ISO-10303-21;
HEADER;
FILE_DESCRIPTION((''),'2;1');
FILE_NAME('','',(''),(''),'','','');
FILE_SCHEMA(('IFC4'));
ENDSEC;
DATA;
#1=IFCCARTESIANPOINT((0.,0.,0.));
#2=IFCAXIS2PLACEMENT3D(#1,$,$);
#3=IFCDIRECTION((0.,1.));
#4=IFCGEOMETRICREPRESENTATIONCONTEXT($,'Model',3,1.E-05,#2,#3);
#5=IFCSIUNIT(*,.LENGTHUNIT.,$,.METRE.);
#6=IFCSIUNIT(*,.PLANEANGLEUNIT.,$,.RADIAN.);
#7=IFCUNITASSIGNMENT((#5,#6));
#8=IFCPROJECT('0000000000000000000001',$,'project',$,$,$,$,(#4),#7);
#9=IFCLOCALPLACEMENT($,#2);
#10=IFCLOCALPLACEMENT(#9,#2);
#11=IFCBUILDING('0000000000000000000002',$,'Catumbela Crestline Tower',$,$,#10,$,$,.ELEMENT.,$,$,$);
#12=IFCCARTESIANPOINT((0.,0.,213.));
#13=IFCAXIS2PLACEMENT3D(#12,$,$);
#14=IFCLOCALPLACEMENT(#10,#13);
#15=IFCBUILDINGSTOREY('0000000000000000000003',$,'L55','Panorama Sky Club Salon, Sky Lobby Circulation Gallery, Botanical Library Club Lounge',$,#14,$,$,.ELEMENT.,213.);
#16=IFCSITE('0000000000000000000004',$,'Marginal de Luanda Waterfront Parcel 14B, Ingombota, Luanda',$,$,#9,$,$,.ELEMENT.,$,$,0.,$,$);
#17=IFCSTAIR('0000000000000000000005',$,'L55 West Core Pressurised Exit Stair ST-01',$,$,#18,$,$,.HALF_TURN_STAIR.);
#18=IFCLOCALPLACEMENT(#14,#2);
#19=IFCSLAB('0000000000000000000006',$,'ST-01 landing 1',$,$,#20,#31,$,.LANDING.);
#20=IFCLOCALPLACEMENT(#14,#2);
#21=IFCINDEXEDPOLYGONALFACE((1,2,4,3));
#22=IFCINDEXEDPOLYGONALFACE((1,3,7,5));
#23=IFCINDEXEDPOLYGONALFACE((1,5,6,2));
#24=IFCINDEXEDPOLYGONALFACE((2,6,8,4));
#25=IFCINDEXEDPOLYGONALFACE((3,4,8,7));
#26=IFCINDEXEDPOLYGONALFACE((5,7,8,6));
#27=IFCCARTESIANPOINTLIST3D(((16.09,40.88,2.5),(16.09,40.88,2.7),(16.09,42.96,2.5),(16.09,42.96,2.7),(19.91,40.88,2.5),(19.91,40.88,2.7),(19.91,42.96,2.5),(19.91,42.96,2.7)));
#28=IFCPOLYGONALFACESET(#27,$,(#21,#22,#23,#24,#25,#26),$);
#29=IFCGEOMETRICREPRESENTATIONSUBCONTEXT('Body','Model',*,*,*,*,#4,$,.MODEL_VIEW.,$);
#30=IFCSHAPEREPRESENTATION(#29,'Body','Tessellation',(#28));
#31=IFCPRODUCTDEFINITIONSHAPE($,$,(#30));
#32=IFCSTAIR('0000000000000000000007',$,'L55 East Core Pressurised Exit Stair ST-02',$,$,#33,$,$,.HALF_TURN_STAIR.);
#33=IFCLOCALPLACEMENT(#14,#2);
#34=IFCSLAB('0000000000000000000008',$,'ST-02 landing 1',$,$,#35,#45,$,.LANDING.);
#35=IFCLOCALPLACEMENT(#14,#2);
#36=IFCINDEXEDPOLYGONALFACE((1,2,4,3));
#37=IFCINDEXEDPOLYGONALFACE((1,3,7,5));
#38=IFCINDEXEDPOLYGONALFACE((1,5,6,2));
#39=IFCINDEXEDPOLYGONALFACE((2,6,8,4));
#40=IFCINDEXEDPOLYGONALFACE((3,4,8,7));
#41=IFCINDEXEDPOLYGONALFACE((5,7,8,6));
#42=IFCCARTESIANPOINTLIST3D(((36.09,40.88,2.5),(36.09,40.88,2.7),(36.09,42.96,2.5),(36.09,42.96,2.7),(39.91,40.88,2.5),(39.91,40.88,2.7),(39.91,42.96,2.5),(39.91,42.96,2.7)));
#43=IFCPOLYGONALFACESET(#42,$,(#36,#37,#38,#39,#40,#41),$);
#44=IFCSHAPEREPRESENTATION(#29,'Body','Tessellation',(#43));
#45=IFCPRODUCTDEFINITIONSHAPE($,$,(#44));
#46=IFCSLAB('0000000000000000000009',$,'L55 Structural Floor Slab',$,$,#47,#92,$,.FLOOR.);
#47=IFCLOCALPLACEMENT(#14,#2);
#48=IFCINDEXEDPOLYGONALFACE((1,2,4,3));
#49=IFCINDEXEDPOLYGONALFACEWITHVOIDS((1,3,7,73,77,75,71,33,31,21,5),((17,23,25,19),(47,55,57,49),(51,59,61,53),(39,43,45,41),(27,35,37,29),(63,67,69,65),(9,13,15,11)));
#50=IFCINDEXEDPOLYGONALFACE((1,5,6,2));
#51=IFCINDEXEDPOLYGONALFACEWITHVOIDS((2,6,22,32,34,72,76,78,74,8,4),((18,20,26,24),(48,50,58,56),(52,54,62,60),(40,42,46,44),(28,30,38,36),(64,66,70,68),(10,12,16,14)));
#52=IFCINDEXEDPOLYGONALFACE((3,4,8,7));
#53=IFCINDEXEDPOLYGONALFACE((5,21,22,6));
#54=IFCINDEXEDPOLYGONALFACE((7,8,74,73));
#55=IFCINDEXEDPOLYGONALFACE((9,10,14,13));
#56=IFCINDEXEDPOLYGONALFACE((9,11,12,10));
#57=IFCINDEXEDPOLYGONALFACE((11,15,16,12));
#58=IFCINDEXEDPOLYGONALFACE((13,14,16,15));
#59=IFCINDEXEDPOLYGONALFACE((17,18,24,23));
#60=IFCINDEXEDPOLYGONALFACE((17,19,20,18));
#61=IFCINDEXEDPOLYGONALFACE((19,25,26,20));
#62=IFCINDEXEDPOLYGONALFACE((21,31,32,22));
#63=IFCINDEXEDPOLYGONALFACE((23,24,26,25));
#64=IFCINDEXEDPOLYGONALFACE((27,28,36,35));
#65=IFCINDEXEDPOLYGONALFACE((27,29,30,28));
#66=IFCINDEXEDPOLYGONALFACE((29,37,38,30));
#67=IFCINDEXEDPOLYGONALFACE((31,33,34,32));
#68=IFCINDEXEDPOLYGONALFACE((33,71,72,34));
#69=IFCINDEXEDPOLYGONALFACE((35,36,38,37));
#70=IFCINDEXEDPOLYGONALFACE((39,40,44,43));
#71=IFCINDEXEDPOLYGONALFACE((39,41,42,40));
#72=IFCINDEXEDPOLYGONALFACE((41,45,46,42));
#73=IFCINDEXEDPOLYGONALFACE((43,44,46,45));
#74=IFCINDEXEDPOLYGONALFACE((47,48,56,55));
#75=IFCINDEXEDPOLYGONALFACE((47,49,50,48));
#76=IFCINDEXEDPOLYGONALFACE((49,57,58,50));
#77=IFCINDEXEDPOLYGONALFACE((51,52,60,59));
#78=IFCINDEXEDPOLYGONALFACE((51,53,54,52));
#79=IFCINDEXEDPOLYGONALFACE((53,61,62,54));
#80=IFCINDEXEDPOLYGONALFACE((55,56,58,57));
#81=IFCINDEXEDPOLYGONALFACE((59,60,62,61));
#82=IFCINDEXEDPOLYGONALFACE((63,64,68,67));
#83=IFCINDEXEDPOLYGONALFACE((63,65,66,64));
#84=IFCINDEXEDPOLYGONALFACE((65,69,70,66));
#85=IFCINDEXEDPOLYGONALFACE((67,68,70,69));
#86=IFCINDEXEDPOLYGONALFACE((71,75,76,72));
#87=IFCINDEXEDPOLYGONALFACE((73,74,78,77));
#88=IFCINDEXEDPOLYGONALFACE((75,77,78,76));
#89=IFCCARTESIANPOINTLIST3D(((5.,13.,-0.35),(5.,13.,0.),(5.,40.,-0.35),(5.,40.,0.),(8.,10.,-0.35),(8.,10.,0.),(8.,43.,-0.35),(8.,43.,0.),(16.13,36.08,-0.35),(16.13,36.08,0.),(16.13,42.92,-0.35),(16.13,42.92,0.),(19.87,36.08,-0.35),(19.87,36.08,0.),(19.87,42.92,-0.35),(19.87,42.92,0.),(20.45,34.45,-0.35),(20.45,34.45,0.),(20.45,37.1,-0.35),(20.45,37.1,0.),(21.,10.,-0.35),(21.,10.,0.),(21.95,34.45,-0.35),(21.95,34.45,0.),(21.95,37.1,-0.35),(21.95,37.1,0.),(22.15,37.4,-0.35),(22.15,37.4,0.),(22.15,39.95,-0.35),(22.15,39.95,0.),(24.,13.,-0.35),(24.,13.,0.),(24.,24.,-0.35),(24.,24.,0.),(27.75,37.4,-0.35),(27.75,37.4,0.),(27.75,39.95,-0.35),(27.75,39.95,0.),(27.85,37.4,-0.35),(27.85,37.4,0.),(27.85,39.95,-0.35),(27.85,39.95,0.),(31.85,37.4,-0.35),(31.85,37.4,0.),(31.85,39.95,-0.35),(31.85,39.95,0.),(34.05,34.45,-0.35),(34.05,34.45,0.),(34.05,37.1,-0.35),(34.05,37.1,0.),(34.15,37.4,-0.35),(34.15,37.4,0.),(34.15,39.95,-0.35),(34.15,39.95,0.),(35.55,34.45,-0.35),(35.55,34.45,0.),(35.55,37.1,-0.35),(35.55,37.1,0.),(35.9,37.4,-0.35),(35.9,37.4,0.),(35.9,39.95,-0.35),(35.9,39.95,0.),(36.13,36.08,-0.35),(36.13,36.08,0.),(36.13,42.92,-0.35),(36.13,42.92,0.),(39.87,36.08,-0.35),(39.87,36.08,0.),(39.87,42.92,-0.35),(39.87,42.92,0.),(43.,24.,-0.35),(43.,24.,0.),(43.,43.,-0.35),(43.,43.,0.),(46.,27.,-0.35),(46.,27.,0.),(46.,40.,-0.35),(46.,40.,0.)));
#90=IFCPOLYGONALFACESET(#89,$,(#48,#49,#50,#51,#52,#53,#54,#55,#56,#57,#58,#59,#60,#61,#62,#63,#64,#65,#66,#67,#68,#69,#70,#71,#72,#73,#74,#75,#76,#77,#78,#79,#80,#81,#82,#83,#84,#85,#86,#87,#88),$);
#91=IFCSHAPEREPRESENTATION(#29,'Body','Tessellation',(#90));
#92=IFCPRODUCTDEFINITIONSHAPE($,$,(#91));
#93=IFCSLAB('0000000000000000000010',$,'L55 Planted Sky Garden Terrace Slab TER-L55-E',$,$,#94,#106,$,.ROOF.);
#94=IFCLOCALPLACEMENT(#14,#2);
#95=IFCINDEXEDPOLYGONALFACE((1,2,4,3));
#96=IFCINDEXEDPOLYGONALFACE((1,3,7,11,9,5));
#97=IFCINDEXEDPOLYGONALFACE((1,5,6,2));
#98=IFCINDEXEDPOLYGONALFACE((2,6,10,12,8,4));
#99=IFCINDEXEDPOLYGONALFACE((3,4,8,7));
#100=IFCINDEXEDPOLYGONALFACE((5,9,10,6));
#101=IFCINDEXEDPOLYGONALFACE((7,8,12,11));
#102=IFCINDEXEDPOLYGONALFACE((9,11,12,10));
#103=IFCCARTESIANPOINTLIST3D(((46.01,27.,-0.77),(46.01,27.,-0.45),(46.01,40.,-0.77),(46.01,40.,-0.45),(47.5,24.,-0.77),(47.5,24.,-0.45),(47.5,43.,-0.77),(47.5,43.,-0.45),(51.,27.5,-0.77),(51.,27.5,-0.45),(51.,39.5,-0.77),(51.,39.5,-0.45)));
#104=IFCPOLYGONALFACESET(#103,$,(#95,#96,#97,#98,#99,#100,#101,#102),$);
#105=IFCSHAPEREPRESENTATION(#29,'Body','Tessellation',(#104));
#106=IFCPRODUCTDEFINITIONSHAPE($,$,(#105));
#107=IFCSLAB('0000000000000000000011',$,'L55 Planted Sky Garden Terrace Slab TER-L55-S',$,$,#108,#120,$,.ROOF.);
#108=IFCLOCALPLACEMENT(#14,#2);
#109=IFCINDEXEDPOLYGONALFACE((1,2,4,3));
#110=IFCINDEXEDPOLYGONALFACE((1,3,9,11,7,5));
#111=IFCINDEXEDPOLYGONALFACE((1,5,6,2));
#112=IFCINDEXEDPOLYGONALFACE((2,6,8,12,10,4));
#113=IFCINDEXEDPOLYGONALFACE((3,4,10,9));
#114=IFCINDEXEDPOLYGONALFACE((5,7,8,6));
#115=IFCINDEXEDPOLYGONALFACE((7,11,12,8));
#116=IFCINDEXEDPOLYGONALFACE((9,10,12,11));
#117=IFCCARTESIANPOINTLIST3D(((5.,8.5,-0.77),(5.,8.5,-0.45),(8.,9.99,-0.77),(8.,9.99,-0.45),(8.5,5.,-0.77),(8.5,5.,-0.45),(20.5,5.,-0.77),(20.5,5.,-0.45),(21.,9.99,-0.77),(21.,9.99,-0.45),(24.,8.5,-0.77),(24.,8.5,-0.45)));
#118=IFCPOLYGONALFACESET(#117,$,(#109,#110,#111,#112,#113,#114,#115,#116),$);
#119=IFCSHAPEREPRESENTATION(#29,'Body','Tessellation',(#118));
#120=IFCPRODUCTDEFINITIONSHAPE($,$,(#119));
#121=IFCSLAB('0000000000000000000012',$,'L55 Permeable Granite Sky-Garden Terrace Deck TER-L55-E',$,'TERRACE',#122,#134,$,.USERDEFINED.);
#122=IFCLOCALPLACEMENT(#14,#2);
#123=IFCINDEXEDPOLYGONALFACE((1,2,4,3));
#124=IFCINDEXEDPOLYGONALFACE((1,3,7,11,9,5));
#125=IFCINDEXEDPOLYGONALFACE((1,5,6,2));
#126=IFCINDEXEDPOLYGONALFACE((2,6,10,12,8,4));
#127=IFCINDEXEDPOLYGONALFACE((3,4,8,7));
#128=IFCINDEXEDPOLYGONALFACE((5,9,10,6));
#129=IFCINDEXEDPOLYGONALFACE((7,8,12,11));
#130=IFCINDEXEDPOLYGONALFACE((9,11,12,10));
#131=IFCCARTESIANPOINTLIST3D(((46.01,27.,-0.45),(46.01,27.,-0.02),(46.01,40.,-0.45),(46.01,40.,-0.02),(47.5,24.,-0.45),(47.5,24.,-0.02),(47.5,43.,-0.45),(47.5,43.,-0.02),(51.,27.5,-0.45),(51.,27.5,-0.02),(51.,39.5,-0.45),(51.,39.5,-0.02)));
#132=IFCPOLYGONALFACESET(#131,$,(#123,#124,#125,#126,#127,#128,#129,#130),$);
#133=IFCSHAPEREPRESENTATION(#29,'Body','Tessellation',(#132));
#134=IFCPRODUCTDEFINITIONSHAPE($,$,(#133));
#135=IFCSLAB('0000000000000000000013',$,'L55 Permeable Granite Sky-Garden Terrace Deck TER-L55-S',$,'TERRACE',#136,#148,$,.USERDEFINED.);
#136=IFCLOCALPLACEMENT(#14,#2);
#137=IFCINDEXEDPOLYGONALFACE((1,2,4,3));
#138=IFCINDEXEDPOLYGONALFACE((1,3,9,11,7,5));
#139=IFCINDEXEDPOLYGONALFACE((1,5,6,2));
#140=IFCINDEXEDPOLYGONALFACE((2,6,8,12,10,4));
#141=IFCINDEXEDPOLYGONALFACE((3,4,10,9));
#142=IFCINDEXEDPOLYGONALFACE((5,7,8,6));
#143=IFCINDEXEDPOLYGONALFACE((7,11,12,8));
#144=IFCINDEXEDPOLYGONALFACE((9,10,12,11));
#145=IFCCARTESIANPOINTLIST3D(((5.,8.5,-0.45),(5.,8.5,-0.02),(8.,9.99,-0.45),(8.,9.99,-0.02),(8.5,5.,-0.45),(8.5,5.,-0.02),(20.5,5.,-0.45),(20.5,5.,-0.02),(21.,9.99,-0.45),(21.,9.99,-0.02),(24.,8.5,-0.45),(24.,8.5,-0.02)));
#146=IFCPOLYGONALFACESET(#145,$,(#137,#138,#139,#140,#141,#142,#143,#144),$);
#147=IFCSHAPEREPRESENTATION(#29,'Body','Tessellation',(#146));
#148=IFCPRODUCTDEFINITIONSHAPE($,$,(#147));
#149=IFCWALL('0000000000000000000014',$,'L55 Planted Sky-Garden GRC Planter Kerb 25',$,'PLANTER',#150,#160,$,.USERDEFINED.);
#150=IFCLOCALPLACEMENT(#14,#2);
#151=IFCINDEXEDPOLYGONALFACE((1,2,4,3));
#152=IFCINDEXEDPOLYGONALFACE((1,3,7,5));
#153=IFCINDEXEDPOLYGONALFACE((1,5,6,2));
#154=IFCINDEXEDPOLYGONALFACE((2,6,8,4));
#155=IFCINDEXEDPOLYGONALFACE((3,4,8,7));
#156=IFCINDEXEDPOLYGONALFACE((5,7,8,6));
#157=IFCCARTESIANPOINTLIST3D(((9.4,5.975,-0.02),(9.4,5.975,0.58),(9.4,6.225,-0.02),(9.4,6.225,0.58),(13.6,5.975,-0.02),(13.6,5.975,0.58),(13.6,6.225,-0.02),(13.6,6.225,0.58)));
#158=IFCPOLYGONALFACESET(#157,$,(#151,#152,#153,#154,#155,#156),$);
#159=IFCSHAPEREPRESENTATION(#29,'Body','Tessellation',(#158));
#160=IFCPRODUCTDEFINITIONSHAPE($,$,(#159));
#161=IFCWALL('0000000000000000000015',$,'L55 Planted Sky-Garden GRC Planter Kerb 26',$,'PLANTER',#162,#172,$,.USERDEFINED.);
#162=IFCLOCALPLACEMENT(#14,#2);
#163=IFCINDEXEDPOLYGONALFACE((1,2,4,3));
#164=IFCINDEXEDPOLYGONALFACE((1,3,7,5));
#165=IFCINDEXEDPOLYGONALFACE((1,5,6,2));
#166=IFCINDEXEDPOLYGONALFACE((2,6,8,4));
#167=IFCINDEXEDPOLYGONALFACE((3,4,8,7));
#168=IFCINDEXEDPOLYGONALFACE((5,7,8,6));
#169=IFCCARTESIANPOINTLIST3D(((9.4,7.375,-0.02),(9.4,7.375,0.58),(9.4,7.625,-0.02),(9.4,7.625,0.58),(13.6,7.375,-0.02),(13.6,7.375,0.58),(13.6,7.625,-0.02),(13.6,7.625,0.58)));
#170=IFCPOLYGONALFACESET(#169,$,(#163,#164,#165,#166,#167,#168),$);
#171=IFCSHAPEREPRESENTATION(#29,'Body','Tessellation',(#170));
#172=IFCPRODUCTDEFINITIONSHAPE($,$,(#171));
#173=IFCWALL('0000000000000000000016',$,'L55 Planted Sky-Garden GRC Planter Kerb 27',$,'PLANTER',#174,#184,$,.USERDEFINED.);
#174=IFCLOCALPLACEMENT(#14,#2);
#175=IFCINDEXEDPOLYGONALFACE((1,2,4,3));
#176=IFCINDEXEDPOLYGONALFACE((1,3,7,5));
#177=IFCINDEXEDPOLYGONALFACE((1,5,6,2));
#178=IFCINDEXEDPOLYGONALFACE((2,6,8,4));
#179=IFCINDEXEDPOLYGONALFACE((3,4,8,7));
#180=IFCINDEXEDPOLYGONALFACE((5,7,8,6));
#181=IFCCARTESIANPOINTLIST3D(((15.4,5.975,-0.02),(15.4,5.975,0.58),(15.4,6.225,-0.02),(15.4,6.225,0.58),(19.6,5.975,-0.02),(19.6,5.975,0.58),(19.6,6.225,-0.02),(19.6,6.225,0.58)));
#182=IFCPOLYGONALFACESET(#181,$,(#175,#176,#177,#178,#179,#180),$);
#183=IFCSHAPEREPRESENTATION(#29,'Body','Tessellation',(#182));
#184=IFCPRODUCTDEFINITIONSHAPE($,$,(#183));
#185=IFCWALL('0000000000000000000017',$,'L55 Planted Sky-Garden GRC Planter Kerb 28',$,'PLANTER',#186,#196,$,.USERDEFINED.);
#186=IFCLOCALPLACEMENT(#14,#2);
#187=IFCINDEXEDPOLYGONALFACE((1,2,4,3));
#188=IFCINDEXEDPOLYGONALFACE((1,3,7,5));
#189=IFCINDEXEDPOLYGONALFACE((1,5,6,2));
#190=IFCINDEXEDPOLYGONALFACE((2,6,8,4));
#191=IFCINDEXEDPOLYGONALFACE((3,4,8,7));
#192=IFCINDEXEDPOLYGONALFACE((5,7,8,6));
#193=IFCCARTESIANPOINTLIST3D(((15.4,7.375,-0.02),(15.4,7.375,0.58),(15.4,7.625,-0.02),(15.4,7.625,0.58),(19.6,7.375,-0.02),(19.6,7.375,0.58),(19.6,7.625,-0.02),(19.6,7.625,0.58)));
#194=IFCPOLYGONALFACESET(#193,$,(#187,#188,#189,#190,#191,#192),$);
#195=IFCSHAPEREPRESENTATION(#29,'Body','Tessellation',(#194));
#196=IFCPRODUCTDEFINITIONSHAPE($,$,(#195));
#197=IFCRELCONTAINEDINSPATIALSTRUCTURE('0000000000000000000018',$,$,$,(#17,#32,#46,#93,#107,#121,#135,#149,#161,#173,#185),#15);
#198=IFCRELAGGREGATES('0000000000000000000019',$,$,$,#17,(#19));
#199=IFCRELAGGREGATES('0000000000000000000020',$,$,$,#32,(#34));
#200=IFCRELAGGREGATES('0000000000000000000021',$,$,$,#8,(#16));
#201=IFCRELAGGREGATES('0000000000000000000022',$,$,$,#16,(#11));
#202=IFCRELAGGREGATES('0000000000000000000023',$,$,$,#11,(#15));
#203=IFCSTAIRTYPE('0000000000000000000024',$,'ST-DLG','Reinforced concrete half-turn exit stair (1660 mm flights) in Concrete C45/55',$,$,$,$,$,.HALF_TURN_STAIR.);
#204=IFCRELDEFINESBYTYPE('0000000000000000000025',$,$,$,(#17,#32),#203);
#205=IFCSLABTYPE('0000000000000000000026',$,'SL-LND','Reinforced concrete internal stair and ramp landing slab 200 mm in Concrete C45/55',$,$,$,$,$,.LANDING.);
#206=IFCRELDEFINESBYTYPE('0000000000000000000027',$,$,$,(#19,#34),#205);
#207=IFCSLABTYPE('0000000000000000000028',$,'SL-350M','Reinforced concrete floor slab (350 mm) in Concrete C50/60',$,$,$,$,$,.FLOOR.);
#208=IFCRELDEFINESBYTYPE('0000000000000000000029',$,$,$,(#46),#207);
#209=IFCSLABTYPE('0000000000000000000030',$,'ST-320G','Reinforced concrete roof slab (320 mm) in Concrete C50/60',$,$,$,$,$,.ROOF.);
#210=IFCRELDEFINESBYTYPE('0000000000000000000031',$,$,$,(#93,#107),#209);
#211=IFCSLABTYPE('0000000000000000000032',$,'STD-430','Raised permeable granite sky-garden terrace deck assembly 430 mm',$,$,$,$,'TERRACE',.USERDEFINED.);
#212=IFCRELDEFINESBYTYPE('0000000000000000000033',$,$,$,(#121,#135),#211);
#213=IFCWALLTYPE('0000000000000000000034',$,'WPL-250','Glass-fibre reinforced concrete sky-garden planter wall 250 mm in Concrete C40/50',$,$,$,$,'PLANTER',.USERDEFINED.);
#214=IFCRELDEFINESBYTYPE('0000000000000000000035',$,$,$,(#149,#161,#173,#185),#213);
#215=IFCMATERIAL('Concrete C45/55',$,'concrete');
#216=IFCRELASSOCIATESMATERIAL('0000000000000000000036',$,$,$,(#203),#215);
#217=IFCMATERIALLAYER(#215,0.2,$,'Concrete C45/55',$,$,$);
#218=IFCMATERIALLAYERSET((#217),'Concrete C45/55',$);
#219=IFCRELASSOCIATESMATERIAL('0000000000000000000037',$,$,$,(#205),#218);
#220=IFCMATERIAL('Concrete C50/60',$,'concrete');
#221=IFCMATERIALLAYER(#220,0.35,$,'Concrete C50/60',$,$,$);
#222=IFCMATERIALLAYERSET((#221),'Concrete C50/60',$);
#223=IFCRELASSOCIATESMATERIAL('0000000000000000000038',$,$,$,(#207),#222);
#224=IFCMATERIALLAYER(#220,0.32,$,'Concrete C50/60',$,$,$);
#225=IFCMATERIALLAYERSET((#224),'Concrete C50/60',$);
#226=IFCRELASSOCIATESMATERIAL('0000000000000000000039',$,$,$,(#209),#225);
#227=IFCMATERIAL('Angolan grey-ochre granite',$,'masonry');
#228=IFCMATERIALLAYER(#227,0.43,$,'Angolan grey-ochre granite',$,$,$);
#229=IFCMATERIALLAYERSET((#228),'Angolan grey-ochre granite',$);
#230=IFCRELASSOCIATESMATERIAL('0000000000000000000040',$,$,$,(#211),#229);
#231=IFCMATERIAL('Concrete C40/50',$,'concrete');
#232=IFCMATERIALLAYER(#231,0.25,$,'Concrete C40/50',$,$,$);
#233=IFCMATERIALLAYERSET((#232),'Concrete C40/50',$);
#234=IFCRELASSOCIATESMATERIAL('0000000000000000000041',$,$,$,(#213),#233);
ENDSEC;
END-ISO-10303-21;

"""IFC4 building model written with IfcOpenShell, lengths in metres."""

from ifc_helpers import new_model, si_unit, direction, frame, frame_2d, origin, place, context, subcontext, project, spatial, polyline, rectangle, outline, extrude, material, layer, layer_set, type_object, element, aggregate, save


model = new_model("IFC4")

# Units and contexts
model_context = context("Model", 3, precision=1e-05, world=origin(), true_north=direction((0.0, 1.0)))
body_context = subcontext(model_context, "Body", "Model", "MODEL_VIEW")
ifc_project = project(units=[si_unit("LENGTHUNIT", "METRE"), si_unit("PLANEANGLEUNIT", "RADIAN")], contexts=[model_context])

# Site, building, storey
site_placement = place(None, origin())
site = spatial("IfcSite", under=ifc_project, at=site_placement, Name="Marginal de Luanda Waterfront Parcel 14B, Ingombota, Luanda", CompositionType="ELEMENT", RefElevation=0.0)
building_placement = place(site_placement, origin())
building = spatial("IfcBuilding", under=site, at=building_placement, Name="Catumbela Crestline Tower", CompositionType="ELEMENT")
storey_placement = place(building_placement, frame((0.0, 0.0, 213.0)))
storey = spatial("IfcBuildingStorey", under=building, at=storey_placement, Name="L55", Description="Panorama Sky Club Salon, Sky Lobby Circulation Gallery, Botanical Library Club Lounge", CompositionType="ELEMENT", Elevation=213.0)

# Stairs, slabs
ifc_material_1 = material(Name="Concrete C45/55", Category="concrete")
stair_type = type_object("IfcStairType", Name="ST-DLG", Description="Reinforced concrete half-turn exit stair (1660 mm flights) in Concrete C45/55", PredefinedType="HALF_TURN_STAIR", material=ifc_material_1)
stair_1_placement = place(storey_placement, origin())
stair_1 = element("IfcStair", 1, at=stair_1_placement, inside=storey, type_object=stair_type, Name="L55 West Core Pressurised Exit Stair ST-01", PredefinedType="HALF_TURN_STAIR")
ifc_layer_1 = layer(ifc_material_1, 0.2, Name="Concrete C45/55")
ifc_layer_set_1 = layer_set([ifc_layer_1], Name="Concrete C45/55")
slab_type_1 = type_object("IfcSlabType", Name="SL-LND", Description="Reinforced concrete internal stair and ramp landing slab 200 mm in Concrete C45/55", PredefinedType="LANDING", material=ifc_layer_set_1)
slab_1_placement = place(storey_placement, frame((0.0, 0.0, 2.5)))
slab_1 = element("IfcSlab", 2, at=slab_1_placement, type_object=slab_type_1, Name="ST-01 landing 1", PredefinedType="LANDING", context=body_context, shape_type="SweptSolid", body=[
    extrude(outline(polyline([(19.91, 40.88), (19.91, 42.96), (16.09, 42.96), (16.09, 40.88), (19.91, 40.88)])), origin(), (0.0, 0.0, 1.0), 0.2),
])
aggregate(stair_1, [slab_1])
stair_2_placement = place(storey_placement, origin())
stair_2 = element("IfcStair", 3, at=stair_2_placement, inside=storey, type_object=stair_type, Name="L55 East Core Pressurised Exit Stair ST-02", PredefinedType="HALF_TURN_STAIR")
slab_2_placement = place(storey_placement, frame((0.0, 0.0, 2.5)))
slab_2 = element("IfcSlab", 4, at=slab_2_placement, type_object=slab_type_1, Name="ST-02 landing 1", PredefinedType="LANDING", context=body_context, shape_type="SweptSolid", body=[
    extrude(outline(polyline([(39.91, 40.88), (39.91, 42.96), (36.09, 42.96), (36.09, 40.88), (39.91, 40.88)])), origin(), (0.0, 0.0, 1.0), 0.2),
])
aggregate(stair_2, [slab_2])

# Slabs
ifc_material_2 = material(Name="Concrete C50/60", Category="concrete")
ifc_layer_2 = layer(ifc_material_2, 0.35, Name="Concrete C50/60")
ifc_layer_set_2 = layer_set([ifc_layer_2], Name="Concrete C50/60")
slab_type_2 = type_object("IfcSlabType", Name="SL-350M", Description="Reinforced concrete floor slab (350 mm) in Concrete C50/60", PredefinedType="FLOOR", material=ifc_layer_set_2)
slab_3_placement = place(storey_placement, frame((0.0, 0.0, -0.35)))
element("IfcSlab", 5, at=slab_3_placement, inside=storey, type_object=slab_type_2, Name="L55 Structural Floor Slab", PredefinedType="FLOOR", context=body_context, shape_type="SweptSolid", body=[
    extrude(outline(polyline([(8.0, 10.0), (21.0, 10.0), (24.0, 13.0), (24.0, 24.0), (43.0, 24.0), (46.0, 27.0), (46.0, 40.0), (43.0, 43.0), (8.0, 43.0), (5.0, 40.0), (5.0, 13.0), (8.0, 10.0)]), holes=[polyline([(16.13, 36.08), (19.87, 36.08), (19.87, 42.92), (16.13, 42.92), (16.13, 36.08)]), polyline([(36.13, 36.08), (39.87, 36.08), (39.87, 42.92), (36.13, 42.92), (36.13, 36.08)]), polyline([(22.15, 37.4), (27.75, 37.4), (27.75, 39.95), (22.15, 39.95), (22.15, 37.4)]), polyline([(27.85, 37.4), (31.85, 37.4), (31.85, 39.95), (27.85, 39.95), (27.85, 37.4)]), polyline([(20.45, 34.45), (21.95, 34.45), (21.95, 37.1), (20.45, 37.1), (20.45, 34.45)]), polyline([(34.05, 34.45), (35.55, 34.45), (35.55, 37.1), (34.05, 37.1), (34.05, 34.45)]), polyline([(34.15, 37.4), (35.9, 37.4), (35.9, 39.95), (34.15, 39.95), (34.15, 37.4)])]), origin(), (0.0, 0.0, 1.0), 0.35),
])
ifc_layer_3 = layer(ifc_material_2, 0.32, Name="Concrete C50/60")
ifc_layer_set_3 = layer_set([ifc_layer_3], Name="Concrete C50/60")
slab_type_3 = type_object("IfcSlabType", Name="ST-320G", Description="Reinforced concrete roof slab (320 mm) in Concrete C50/60", PredefinedType="ROOF", material=ifc_layer_set_3)
slab_4_placement = place(storey_placement, frame((0.0, 0.0, -0.77)))
element("IfcSlab", 6, at=slab_4_placement, inside=storey, type_object=slab_type_3, Name="L55 Planted Sky Garden Terrace Slab TER-L55-E", PredefinedType="ROOF", context=body_context, shape_type="SweptSolid", body=[
    extrude(outline(polyline([(46.01, 27.0), (47.5, 24.0), (51.0, 27.5), (51.0, 39.5), (47.5, 43.0), (46.01, 40.0), (46.01, 27.0)])), origin(), (0.0, 0.0, 1.0), 0.32),
])
slab_5_placement = place(storey_placement, frame((0.0, 0.0, -0.77)))
element("IfcSlab", 7, at=slab_5_placement, inside=storey, type_object=slab_type_3, Name="L55 Planted Sky Garden Terrace Slab TER-L55-S", PredefinedType="ROOF", context=body_context, shape_type="SweptSolid", body=[
    extrude(outline(polyline([(5.0, 8.5), (8.5, 5.0), (20.5, 5.0), (24.0, 8.5), (21.0, 9.99), (8.0, 9.99), (5.0, 8.5)])), origin(), (0.0, 0.0, 1.0), 0.32),
])
ifc_material_3 = material(Name="Angolan grey-ochre granite", Category="masonry")
ifc_layer_4 = layer(ifc_material_3, 0.43, Name="Angolan grey-ochre granite")
ifc_layer_set_4 = layer_set([ifc_layer_4], Name="Angolan grey-ochre granite")
slab_type_4 = type_object("IfcSlabType", Name="STD-430", Description="Raised permeable granite sky-garden terrace deck assembly 430 mm", ElementType="TERRACE", PredefinedType="USERDEFINED", material=ifc_layer_set_4)
slab_6_placement = place(storey_placement, frame((0.0, 0.0, -0.45)))
element("IfcSlab", 8, at=slab_6_placement, inside=storey, type_object=slab_type_4, Name="L55 Permeable Granite Sky-Garden Terrace Deck TER-L55-E", ObjectType="TERRACE", PredefinedType="USERDEFINED", context=body_context, shape_type="SweptSolid", body=[
    extrude(outline(polyline([(46.01, 27.0), (47.5, 24.0), (51.0, 27.5), (51.0, 39.5), (47.5, 43.0), (46.01, 40.0), (46.01, 27.0)])), origin(), (0.0, 0.0, 1.0), 0.43),
])
slab_7_placement = place(storey_placement, frame((0.0, 0.0, -0.45)))
element("IfcSlab", 9, at=slab_7_placement, inside=storey, type_object=slab_type_4, Name="L55 Permeable Granite Sky-Garden Terrace Deck TER-L55-S", ObjectType="TERRACE", PredefinedType="USERDEFINED", context=body_context, shape_type="SweptSolid", body=[
    extrude(outline(polyline([(5.0, 8.5), (8.5, 5.0), (20.5, 5.0), (24.0, 8.5), (21.0, 9.99), (8.0, 9.99), (5.0, 8.5)])), origin(), (0.0, 0.0, 1.0), 0.43),
])

# Walls
ifc_material_4 = material(Name="Concrete C40/50", Category="concrete")
ifc_layer_5 = layer(ifc_material_4, 0.25, Name="Concrete C40/50")
ifc_layer_set_5 = layer_set([ifc_layer_5], Name="Concrete C40/50")
wall_type = type_object("IfcWallType", Name="WPL-250", Description="Glass-fibre reinforced concrete sky-garden planter wall 250 mm in Concrete C40/50", ElementType="PLANTER", PredefinedType="USERDEFINED", material=ifc_layer_set_5)
for number, where, z_axis, x_axis, name in (
    (10, (9.4, 6.1, -0.02), (0.0, 0.0, 1.0), (1.0, 0.0, 0.0), "L55 Planted Sky-Garden GRC Planter Kerb 25"),
    (11, (9.4, 7.5, -0.02), (0.0, 0.0, 1.0), (1.0, 0.0, 0.0), "L55 Planted Sky-Garden GRC Planter Kerb 26"),
    (12, (15.4, 6.1, -0.02), (0.0, 0.0, 1.0), (1.0, 0.0, 0.0), "L55 Planted Sky-Garden GRC Planter Kerb 27"),
    (13, (15.4, 7.5, -0.02), (0.0, 0.0, 1.0), (1.0, 0.0, 0.0), "L55 Planted Sky-Garden GRC Planter Kerb 28"),
):
    element("IfcWall", number, at=place(storey_placement, frame(where, z_axis=z_axis, x_axis=x_axis)), inside=storey, type_object=wall_type, Name=name, ObjectType="PLANTER", PredefinedType="USERDEFINED", context=body_context, shape_type="SweptSolid", body=[
        extrude(rectangle(XDim=4.2, YDim=0.25, at=frame_2d((2.1, 0.0))), origin(), (0.0, 0.0, 1.0), 0.6),
    ])

save(model, "model.ifc")
